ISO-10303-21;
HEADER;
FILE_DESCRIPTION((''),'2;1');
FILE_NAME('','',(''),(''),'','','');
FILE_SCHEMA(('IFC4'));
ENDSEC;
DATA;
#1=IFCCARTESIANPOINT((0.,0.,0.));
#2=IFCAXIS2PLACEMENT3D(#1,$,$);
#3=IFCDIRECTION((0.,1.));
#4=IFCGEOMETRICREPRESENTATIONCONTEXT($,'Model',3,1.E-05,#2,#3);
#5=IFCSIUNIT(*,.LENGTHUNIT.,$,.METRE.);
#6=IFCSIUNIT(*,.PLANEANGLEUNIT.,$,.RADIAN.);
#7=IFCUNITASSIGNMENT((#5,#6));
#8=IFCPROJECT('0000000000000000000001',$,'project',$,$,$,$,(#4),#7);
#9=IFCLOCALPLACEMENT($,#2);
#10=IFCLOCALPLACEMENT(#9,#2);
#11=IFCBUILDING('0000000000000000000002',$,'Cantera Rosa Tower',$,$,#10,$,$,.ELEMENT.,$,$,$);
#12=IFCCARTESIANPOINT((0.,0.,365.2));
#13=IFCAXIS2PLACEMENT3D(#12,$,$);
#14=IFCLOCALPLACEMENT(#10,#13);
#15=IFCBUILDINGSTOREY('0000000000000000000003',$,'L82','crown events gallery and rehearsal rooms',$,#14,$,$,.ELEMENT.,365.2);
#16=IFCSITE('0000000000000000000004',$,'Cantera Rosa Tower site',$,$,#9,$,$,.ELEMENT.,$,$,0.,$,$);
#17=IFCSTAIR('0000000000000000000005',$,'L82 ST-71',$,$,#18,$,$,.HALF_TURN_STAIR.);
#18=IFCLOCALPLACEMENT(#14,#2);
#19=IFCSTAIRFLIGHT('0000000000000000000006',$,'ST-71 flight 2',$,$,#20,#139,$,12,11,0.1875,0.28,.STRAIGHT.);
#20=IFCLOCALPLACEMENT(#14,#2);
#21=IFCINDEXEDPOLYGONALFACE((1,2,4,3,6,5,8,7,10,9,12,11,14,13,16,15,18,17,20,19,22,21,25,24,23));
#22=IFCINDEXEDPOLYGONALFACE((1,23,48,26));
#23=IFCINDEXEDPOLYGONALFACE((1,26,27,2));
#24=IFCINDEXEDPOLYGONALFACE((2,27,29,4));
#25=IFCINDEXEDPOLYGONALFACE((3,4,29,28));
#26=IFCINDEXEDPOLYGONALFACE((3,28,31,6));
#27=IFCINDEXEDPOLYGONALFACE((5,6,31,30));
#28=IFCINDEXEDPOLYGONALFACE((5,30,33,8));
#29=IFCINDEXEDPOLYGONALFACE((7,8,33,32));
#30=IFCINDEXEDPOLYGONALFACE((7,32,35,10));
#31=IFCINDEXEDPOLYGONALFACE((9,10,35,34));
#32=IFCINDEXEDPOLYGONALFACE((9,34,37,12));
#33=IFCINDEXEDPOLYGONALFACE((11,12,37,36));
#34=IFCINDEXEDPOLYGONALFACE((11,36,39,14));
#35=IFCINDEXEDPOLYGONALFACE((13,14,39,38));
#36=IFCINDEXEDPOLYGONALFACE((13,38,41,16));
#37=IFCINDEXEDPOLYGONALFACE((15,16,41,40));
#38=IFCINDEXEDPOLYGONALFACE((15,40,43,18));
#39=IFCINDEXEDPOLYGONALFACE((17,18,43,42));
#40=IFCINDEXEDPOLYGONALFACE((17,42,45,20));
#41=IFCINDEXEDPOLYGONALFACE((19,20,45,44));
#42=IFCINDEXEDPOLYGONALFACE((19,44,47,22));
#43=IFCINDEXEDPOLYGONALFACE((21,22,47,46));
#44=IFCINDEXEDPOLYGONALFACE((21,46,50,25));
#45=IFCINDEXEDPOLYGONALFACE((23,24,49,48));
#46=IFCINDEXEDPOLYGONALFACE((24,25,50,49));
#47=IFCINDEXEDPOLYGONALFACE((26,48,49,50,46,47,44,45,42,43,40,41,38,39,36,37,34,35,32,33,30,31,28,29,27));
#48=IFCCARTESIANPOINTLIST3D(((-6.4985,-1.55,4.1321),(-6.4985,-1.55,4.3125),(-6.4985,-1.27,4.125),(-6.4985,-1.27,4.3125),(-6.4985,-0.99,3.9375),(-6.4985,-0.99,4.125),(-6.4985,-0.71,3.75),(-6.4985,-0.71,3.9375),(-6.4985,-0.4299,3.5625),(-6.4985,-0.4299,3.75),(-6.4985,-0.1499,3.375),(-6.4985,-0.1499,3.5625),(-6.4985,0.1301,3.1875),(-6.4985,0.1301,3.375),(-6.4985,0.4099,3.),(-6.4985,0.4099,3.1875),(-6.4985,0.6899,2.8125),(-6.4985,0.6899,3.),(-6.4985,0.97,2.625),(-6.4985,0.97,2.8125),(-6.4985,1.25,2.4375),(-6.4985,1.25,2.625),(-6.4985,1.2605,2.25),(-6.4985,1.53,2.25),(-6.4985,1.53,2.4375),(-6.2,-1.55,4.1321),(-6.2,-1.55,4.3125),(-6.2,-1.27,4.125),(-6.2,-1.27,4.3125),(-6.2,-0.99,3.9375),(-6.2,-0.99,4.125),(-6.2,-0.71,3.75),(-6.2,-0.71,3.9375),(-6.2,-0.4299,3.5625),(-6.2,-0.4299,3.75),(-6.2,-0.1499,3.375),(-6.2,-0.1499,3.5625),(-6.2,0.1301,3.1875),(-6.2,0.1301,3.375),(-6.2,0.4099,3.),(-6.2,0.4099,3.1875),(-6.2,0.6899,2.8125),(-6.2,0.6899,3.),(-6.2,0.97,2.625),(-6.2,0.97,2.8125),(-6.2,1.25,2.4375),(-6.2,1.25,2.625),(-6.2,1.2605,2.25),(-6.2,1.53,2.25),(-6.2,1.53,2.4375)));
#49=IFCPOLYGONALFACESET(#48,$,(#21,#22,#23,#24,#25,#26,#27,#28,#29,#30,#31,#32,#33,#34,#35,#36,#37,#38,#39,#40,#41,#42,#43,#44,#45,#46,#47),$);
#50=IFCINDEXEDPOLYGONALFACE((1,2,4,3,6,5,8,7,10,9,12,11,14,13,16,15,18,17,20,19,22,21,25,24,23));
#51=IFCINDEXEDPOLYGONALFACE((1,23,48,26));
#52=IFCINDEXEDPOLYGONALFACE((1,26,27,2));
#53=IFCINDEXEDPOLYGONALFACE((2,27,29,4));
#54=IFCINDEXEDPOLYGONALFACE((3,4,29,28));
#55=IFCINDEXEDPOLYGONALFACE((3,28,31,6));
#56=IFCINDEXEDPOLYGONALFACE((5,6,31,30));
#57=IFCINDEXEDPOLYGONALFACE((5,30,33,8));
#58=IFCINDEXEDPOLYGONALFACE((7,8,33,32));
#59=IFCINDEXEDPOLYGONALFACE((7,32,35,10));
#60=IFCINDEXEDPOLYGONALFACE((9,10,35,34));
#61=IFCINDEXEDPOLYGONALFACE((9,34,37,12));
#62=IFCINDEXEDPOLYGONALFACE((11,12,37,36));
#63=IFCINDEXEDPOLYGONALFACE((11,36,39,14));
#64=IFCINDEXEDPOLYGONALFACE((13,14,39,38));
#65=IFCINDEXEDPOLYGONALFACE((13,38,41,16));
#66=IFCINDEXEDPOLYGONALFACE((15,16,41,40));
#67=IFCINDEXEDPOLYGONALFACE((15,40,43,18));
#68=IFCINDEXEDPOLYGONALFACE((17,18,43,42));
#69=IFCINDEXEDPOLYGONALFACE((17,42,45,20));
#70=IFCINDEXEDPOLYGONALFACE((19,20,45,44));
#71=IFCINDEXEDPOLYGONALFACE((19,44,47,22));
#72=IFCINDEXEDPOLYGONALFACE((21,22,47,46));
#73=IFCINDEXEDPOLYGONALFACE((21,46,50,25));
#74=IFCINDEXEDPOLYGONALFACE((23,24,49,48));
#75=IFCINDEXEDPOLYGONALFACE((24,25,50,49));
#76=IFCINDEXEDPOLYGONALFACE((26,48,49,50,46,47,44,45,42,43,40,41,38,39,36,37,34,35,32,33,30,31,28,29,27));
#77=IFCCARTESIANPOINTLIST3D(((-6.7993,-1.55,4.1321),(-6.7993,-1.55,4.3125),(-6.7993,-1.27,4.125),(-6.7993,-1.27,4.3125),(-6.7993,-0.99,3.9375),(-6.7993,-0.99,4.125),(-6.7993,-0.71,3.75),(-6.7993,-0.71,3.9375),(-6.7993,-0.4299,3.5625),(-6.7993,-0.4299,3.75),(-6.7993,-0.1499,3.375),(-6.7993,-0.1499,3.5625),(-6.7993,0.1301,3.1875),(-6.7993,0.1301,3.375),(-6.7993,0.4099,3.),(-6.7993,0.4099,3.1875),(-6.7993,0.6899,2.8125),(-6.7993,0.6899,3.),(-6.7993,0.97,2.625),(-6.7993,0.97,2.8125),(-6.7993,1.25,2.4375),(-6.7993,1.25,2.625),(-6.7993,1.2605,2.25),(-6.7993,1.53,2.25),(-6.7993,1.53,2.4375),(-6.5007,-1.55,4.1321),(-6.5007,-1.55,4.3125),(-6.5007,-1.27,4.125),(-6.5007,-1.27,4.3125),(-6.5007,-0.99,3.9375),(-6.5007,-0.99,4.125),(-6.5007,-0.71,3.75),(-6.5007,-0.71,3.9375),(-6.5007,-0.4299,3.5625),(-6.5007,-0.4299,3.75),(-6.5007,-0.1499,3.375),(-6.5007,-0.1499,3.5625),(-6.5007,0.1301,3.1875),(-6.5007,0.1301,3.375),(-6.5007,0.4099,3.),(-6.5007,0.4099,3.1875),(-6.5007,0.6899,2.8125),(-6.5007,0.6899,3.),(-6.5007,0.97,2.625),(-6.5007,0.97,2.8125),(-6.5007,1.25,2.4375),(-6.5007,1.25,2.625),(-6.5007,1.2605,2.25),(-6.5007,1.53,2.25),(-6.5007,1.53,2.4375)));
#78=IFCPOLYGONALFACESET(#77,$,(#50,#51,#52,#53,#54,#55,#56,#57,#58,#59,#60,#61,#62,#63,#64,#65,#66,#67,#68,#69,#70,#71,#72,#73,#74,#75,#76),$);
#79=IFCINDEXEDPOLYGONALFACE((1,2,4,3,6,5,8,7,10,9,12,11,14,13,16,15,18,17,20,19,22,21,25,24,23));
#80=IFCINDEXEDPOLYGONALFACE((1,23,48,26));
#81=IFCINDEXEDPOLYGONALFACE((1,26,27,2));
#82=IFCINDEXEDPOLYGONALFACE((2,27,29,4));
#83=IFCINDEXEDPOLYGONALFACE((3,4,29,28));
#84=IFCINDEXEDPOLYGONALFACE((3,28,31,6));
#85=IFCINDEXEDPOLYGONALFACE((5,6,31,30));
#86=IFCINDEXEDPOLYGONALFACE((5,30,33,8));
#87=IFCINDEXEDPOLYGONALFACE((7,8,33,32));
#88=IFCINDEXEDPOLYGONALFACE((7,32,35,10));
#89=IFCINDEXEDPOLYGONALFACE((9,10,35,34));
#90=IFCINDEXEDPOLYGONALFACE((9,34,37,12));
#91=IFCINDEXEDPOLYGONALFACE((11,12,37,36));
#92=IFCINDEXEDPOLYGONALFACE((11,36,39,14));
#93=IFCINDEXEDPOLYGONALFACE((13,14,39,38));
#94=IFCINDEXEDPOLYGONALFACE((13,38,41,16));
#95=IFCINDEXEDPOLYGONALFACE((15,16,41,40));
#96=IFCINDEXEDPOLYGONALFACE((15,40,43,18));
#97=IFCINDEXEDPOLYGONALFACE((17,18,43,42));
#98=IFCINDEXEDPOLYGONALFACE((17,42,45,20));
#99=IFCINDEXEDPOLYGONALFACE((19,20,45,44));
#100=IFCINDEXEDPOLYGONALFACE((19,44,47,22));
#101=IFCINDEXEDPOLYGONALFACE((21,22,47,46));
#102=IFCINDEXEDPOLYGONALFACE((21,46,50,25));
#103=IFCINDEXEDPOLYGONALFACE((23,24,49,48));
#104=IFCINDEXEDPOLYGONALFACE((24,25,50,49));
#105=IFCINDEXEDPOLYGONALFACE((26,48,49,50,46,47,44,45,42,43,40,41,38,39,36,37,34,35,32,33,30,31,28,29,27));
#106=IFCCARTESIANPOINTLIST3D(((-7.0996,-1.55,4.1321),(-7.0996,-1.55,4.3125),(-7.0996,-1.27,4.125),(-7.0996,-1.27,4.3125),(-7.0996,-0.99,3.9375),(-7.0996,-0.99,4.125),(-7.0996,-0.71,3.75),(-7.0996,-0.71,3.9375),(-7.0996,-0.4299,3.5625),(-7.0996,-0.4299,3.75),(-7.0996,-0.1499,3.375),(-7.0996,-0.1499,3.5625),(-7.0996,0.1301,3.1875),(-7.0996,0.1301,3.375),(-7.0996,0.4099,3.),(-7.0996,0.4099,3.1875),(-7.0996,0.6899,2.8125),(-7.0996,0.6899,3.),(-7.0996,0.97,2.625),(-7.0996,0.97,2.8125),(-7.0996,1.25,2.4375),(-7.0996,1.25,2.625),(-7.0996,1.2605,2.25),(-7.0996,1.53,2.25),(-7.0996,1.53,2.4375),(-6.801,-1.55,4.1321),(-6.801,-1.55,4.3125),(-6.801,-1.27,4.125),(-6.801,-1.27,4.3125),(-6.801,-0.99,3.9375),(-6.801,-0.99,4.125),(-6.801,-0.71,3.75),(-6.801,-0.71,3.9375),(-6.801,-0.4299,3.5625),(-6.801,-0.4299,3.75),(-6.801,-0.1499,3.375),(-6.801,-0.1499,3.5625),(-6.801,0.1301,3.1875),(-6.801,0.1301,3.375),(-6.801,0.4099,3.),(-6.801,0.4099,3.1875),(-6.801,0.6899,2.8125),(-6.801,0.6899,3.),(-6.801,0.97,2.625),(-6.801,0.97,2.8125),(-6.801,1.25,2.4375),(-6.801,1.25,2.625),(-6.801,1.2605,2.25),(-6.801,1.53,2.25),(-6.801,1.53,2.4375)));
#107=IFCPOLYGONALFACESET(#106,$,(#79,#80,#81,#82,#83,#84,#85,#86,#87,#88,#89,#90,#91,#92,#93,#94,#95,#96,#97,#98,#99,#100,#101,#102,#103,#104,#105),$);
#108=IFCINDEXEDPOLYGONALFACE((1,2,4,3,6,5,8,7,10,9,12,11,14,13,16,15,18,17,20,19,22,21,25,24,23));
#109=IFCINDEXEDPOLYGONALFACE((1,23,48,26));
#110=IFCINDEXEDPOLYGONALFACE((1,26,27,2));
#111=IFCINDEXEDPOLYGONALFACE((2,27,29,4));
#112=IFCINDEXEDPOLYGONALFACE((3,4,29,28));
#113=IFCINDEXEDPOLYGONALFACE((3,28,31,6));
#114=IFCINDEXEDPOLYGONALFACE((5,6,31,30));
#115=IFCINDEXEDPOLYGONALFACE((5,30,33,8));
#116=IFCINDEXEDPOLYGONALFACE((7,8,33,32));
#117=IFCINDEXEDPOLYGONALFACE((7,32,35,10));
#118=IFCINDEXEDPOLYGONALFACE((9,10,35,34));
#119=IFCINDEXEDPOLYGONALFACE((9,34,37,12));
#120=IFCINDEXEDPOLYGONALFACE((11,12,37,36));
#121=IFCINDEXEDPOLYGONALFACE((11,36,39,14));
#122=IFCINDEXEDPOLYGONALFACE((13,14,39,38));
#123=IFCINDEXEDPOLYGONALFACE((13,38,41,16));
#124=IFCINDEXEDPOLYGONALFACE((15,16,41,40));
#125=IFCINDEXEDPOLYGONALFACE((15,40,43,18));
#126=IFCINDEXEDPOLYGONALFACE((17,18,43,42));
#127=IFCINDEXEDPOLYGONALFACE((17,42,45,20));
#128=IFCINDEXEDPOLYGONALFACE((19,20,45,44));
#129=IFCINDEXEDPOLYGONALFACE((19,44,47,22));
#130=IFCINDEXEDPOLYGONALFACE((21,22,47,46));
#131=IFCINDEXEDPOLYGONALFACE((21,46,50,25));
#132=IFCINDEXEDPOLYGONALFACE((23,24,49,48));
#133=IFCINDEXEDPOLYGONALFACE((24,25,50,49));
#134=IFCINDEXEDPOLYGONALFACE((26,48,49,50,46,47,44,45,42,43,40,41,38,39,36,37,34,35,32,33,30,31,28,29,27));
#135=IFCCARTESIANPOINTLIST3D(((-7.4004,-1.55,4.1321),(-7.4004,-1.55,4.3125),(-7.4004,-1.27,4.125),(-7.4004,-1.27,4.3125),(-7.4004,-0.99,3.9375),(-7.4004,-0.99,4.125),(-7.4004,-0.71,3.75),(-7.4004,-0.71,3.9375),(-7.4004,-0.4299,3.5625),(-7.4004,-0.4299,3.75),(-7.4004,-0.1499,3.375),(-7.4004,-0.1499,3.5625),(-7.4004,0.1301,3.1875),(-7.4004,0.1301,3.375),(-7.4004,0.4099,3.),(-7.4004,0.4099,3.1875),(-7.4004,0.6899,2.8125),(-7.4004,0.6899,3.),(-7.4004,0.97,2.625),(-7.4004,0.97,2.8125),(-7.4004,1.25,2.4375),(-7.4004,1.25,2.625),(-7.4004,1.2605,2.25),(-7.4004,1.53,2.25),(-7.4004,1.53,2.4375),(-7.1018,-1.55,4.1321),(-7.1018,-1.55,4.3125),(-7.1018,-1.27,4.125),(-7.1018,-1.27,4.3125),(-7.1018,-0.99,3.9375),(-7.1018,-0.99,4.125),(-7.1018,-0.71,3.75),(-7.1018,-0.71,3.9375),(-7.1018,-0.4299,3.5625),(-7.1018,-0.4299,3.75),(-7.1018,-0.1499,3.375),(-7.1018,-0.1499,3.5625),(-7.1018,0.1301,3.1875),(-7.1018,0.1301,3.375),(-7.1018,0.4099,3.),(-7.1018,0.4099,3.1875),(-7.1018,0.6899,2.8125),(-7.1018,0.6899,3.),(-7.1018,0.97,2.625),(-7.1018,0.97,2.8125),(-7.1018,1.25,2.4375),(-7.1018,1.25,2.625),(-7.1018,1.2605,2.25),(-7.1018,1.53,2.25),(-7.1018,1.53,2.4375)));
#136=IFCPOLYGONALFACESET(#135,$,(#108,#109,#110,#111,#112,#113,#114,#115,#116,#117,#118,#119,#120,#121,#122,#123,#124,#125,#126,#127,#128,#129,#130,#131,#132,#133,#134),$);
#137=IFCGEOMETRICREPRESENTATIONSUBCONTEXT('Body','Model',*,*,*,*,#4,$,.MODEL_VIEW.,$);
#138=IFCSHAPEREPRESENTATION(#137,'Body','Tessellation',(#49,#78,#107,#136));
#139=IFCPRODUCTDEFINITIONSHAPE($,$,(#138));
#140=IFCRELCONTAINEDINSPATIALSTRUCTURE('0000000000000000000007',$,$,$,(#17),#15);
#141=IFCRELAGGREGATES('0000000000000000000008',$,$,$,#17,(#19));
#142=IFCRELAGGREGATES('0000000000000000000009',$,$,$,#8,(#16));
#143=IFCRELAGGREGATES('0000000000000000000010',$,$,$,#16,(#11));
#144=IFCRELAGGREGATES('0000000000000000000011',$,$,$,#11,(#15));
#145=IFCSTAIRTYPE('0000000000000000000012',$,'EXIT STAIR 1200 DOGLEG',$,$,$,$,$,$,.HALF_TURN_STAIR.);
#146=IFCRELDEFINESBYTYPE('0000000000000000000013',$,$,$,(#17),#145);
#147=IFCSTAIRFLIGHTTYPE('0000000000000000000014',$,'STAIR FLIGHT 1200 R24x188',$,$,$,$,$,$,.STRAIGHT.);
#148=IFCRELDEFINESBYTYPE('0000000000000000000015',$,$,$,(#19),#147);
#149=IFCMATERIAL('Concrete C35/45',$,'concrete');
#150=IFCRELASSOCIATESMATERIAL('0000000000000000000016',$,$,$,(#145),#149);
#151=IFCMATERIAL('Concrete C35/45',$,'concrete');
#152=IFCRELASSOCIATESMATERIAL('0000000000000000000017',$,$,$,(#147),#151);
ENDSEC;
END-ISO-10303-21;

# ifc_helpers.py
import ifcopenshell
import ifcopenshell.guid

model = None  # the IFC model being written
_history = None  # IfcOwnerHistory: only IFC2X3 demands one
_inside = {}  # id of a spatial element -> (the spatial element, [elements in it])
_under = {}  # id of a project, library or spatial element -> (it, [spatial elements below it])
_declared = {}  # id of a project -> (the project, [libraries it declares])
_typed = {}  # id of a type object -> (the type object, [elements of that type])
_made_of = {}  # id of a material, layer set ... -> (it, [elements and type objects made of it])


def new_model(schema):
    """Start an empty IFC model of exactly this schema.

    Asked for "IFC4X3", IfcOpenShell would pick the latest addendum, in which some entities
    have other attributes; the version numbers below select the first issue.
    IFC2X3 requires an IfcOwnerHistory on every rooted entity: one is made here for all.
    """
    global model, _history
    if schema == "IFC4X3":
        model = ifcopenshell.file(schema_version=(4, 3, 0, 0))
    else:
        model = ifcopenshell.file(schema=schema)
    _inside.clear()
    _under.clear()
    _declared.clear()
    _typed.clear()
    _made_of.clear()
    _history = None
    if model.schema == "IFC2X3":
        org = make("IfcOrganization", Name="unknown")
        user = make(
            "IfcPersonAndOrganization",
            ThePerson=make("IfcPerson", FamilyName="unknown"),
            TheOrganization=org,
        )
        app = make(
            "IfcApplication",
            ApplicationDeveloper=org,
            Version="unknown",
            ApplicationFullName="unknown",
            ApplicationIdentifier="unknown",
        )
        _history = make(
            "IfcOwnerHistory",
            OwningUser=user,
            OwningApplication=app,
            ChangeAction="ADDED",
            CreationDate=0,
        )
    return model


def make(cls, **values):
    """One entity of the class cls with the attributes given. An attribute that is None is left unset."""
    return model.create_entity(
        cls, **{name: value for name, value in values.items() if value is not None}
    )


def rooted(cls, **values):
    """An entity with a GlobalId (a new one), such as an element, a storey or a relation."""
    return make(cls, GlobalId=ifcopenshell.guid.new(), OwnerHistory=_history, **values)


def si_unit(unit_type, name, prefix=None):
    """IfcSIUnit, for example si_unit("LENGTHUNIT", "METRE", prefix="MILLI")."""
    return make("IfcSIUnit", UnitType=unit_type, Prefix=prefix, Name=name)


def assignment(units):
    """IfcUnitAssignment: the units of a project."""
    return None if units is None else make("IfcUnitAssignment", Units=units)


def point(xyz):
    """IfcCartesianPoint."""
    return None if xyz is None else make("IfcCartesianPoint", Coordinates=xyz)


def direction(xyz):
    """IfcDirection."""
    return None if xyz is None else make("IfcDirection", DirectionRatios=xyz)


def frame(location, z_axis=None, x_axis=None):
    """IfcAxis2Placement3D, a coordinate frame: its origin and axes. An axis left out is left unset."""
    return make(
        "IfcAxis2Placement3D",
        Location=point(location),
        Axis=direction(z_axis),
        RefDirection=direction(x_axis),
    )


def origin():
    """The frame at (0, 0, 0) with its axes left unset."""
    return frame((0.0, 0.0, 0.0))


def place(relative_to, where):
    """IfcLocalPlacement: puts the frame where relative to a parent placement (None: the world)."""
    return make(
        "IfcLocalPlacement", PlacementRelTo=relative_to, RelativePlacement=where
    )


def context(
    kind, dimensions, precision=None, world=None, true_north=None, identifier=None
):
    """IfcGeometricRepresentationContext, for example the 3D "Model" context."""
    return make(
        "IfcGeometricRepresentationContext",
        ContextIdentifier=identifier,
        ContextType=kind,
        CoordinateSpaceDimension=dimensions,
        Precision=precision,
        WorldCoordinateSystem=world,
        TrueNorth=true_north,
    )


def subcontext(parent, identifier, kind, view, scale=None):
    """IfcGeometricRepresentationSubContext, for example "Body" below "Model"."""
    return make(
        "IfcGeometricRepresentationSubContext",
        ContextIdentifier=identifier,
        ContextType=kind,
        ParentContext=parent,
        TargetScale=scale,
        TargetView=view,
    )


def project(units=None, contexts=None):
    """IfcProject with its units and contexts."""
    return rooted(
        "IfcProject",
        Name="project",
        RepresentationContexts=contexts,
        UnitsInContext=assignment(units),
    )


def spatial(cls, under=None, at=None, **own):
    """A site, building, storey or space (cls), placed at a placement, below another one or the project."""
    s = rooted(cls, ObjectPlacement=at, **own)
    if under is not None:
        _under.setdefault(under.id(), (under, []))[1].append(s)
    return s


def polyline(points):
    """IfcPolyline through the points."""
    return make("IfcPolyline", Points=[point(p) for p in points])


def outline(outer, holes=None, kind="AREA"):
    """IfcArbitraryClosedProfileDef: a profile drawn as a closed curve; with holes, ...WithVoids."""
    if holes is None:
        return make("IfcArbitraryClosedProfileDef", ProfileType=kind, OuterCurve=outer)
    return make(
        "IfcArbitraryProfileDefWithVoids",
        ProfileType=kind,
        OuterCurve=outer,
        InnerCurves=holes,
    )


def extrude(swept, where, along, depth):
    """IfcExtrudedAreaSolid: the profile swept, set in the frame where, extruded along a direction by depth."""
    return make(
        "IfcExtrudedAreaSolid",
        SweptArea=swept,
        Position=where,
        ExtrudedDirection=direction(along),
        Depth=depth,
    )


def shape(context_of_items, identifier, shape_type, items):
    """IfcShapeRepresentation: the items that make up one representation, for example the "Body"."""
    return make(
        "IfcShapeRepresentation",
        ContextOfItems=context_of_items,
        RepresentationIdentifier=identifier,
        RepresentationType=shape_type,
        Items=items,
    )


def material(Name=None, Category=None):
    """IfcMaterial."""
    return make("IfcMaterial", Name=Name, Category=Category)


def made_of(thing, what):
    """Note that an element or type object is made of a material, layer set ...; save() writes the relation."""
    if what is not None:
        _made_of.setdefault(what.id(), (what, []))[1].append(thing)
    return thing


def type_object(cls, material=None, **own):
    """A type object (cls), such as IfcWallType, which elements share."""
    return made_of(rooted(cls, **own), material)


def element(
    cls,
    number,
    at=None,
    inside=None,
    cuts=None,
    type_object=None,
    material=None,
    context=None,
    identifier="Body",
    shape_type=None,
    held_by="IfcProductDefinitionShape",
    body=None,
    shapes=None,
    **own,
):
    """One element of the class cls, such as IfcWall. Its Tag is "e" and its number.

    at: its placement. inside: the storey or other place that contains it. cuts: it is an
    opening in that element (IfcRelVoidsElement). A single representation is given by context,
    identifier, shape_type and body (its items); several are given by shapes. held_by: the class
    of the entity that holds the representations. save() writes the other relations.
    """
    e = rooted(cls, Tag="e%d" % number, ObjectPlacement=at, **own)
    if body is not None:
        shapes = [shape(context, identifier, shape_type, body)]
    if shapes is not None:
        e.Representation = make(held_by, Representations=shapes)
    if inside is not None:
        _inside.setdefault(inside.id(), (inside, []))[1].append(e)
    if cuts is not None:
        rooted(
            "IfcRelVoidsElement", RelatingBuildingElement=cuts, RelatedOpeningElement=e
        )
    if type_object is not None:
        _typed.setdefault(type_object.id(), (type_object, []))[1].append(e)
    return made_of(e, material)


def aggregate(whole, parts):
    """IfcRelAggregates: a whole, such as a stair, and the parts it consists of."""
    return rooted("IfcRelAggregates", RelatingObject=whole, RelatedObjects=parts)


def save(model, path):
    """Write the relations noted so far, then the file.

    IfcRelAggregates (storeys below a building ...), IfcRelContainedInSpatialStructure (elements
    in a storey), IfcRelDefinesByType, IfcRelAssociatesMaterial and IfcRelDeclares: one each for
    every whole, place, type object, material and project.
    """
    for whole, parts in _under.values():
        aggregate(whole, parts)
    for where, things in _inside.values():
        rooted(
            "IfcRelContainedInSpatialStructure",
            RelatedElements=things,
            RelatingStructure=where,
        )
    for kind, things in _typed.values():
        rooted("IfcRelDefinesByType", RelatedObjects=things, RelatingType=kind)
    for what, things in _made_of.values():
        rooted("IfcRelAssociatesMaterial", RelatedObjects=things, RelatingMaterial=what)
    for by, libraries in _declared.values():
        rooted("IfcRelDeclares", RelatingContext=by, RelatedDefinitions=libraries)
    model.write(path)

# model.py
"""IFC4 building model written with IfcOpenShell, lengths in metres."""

from ifc_helpers import new_model, si_unit, direction, frame, origin, place, context, subcontext, project, spatial, polyline, outline, extrude, material, type_object, element, aggregate, save


model = new_model("IFC4")

# Units and contexts
model_context = context("Model", 3, precision=1e-05, world=origin(), true_north=direction((0.0, 1.0)))
body_context = subcontext(model_context, "Body", "Model", "MODEL_VIEW")
ifc_project = project(units=[si_unit("LENGTHUNIT", "METRE"), si_unit("PLANEANGLEUNIT", "RADIAN")], contexts=[model_context])

# Site, building, storey
site_placement = place(None, origin())
site = spatial("IfcSite", under=ifc_project, at=site_placement, Name="Cantera Rosa Tower site", CompositionType="ELEMENT", RefElevation=0.0)
building_placement = place(site_placement, origin())
building = spatial("IfcBuilding", under=site, at=building_placement, Name="Cantera Rosa Tower", CompositionType="ELEMENT")
storey_placement = place(building_placement, frame((0.0, 0.0, 365.2)))
storey = spatial("IfcBuildingStorey", under=building, at=storey_placement, Name="L82", Description="crown events gallery and rehearsal rooms", CompositionType="ELEMENT", Elevation=365.2)

# Stair, stair flight
ifc_material_1 = material(Name="Concrete C35/45", Category="concrete")
stair_type = type_object("IfcStairType", Name="EXIT STAIR 1200 DOGLEG", PredefinedType="HALF_TURN_STAIR", material=ifc_material_1)
stair_placement = place(storey_placement, origin())
stair = element("IfcStair", 1, at=stair_placement, inside=storey, type_object=stair_type, Name="L82 ST-71", PredefinedType="HALF_TURN_STAIR")
ifc_material_2 = material(Name="Concrete C35/45", Category="concrete")
stair_flight_type = type_object("IfcStairFlightType", Name="STAIR FLIGHT 1200 R24x188", PredefinedType="STRAIGHT", material=ifc_material_2)
stair_flight_placement = place(storey_placement, frame((-6.8, 1.53, 2.25), z_axis=(0.0, 0.0, 1.0), x_axis=(0.0, -1.0, 0.0)))
stair_flight = element("IfcStairFlight", 2, at=stair_flight_placement, type_object=stair_flight_type, Name="ST-71 flight 2", NumberOfRisers=12, NumberOfTreads=11, PredefinedType="STRAIGHT", RiserHeight=0.1875, TreadLength=0.28, context=body_context, shape_type="SweptSolid", body=[
    extrude(outline(polyline([(0.0, 0.0), (0.0, 0.1875), (0.28, 0.1875), (0.28, 0.375), (0.5601, 0.375), (0.5601, 0.5625), (0.8401, 0.5625), (0.8401, 0.75), (1.1201, 0.75), (1.1201, 0.9375), (1.3999, 0.9375), (1.3999, 1.125), (1.6799, 1.125), (1.6799, 1.3125), (1.96, 1.3125), (1.96, 1.5), (2.24, 1.5), (2.24, 1.6875), (2.52, 1.6875), (2.52, 1.875), (2.8, 1.875), (2.8, 2.0625), (3.0801, 2.0625), (3.0801, 2.25), (3.0801, 1.8821), (0.2695, 0.0), (0.0, 0.0)])), frame((0.0, 0.6001, 0.0), z_axis=(0.0, -1.0, 0.0), x_axis=(1.0, 0.0, 0.0)), (0.0, 0.0, 1.0), 0.2986),
    extrude(outline(polyline([(0.0, 0.0), (0.0, 0.1875), (0.28, 0.1875), (0.28, 0.375), (0.5601, 0.375), (0.5601, 0.5625), (0.8401, 0.5625), (0.8401, 0.75), (1.1201, 0.75), (1.1201, 0.9375), (1.3999, 0.9375), (1.3999, 1.125), (1.6799, 1.125), (1.6799, 1.3125), (1.96, 1.3125), (1.96, 1.5), (2.24, 1.5), (2.24, 1.6875), (2.52, 1.6875), (2.52, 1.875), (2.8, 1.875), (2.8, 2.0625), (3.0801, 2.0625), (3.0801, 2.25), (3.0801, 1.8821), (0.2695, 0.0), (0.0, 0.0)])), frame((0.0, 0.2993, 0.0), z_axis=(0.0, -1.0, 0.0), x_axis=(1.0, 0.0, 0.0)), (0.0, 0.0, 1.0), 0.2986),
    extrude(outline(polyline([(0.0, 0.0), (0.0, 0.1875), (0.28, 0.1875), (0.28, 0.375), (0.5601, 0.375), (0.5601, 0.5625), (0.8401, 0.5625), (0.8401, 0.75), (1.1201, 0.75), (1.1201, 0.9375), (1.3999, 0.9375), (1.3999, 1.125), (1.6799, 1.125), (1.6799, 1.3125), (1.96, 1.3125), (1.96, 1.5), (2.24, 1.5), (2.24, 1.6875), (2.52, 1.6875), (2.52, 1.875), (2.8, 1.875), (2.8, 2.0625), (3.0801, 2.0625), (3.0801, 2.25), (3.0801, 1.8821), (0.2695, 0.0), (0.0, 0.0)])), frame((0.0, -0.001, 0.0), z_axis=(0.0, -1.0, 0.0), x_axis=(1.0, 0.0, 0.0)), (0.0, 0.0, 1.0), 0.2986),
    extrude(outline(polyline([(0.0, 0.0), (0.0, 0.1875), (0.28, 0.1875), (0.28, 0.375), (0.5601, 0.375), (0.5601, 0.5625), (0.8401, 0.5625), (0.8401, 0.75), (1.1201, 0.75), (1.1201, 0.9375), (1.3999, 0.9375), (1.3999, 1.125), (1.6799, 1.125), (1.6799, 1.3125), (1.96, 1.3125), (1.96, 1.5), (2.24, 1.5), (2.24, 1.6875), (2.52, 1.6875), (2.52, 1.875), (2.8, 1.875), (2.8, 2.0625), (3.0801, 2.0625), (3.0801, 2.25), (3.0801, 1.8821), (0.2695, 0.0), (0.0, 0.0)])), frame((0.0, -0.3018, 0.0), z_axis=(0.0, -1.0, 0.0), x_axis=(1.0, 0.0, 0.0)), (0.0, 0.0, 1.0), 0.2986),
])
aggregate(stair, [stair_flight])

save(model, "model.ifc")
